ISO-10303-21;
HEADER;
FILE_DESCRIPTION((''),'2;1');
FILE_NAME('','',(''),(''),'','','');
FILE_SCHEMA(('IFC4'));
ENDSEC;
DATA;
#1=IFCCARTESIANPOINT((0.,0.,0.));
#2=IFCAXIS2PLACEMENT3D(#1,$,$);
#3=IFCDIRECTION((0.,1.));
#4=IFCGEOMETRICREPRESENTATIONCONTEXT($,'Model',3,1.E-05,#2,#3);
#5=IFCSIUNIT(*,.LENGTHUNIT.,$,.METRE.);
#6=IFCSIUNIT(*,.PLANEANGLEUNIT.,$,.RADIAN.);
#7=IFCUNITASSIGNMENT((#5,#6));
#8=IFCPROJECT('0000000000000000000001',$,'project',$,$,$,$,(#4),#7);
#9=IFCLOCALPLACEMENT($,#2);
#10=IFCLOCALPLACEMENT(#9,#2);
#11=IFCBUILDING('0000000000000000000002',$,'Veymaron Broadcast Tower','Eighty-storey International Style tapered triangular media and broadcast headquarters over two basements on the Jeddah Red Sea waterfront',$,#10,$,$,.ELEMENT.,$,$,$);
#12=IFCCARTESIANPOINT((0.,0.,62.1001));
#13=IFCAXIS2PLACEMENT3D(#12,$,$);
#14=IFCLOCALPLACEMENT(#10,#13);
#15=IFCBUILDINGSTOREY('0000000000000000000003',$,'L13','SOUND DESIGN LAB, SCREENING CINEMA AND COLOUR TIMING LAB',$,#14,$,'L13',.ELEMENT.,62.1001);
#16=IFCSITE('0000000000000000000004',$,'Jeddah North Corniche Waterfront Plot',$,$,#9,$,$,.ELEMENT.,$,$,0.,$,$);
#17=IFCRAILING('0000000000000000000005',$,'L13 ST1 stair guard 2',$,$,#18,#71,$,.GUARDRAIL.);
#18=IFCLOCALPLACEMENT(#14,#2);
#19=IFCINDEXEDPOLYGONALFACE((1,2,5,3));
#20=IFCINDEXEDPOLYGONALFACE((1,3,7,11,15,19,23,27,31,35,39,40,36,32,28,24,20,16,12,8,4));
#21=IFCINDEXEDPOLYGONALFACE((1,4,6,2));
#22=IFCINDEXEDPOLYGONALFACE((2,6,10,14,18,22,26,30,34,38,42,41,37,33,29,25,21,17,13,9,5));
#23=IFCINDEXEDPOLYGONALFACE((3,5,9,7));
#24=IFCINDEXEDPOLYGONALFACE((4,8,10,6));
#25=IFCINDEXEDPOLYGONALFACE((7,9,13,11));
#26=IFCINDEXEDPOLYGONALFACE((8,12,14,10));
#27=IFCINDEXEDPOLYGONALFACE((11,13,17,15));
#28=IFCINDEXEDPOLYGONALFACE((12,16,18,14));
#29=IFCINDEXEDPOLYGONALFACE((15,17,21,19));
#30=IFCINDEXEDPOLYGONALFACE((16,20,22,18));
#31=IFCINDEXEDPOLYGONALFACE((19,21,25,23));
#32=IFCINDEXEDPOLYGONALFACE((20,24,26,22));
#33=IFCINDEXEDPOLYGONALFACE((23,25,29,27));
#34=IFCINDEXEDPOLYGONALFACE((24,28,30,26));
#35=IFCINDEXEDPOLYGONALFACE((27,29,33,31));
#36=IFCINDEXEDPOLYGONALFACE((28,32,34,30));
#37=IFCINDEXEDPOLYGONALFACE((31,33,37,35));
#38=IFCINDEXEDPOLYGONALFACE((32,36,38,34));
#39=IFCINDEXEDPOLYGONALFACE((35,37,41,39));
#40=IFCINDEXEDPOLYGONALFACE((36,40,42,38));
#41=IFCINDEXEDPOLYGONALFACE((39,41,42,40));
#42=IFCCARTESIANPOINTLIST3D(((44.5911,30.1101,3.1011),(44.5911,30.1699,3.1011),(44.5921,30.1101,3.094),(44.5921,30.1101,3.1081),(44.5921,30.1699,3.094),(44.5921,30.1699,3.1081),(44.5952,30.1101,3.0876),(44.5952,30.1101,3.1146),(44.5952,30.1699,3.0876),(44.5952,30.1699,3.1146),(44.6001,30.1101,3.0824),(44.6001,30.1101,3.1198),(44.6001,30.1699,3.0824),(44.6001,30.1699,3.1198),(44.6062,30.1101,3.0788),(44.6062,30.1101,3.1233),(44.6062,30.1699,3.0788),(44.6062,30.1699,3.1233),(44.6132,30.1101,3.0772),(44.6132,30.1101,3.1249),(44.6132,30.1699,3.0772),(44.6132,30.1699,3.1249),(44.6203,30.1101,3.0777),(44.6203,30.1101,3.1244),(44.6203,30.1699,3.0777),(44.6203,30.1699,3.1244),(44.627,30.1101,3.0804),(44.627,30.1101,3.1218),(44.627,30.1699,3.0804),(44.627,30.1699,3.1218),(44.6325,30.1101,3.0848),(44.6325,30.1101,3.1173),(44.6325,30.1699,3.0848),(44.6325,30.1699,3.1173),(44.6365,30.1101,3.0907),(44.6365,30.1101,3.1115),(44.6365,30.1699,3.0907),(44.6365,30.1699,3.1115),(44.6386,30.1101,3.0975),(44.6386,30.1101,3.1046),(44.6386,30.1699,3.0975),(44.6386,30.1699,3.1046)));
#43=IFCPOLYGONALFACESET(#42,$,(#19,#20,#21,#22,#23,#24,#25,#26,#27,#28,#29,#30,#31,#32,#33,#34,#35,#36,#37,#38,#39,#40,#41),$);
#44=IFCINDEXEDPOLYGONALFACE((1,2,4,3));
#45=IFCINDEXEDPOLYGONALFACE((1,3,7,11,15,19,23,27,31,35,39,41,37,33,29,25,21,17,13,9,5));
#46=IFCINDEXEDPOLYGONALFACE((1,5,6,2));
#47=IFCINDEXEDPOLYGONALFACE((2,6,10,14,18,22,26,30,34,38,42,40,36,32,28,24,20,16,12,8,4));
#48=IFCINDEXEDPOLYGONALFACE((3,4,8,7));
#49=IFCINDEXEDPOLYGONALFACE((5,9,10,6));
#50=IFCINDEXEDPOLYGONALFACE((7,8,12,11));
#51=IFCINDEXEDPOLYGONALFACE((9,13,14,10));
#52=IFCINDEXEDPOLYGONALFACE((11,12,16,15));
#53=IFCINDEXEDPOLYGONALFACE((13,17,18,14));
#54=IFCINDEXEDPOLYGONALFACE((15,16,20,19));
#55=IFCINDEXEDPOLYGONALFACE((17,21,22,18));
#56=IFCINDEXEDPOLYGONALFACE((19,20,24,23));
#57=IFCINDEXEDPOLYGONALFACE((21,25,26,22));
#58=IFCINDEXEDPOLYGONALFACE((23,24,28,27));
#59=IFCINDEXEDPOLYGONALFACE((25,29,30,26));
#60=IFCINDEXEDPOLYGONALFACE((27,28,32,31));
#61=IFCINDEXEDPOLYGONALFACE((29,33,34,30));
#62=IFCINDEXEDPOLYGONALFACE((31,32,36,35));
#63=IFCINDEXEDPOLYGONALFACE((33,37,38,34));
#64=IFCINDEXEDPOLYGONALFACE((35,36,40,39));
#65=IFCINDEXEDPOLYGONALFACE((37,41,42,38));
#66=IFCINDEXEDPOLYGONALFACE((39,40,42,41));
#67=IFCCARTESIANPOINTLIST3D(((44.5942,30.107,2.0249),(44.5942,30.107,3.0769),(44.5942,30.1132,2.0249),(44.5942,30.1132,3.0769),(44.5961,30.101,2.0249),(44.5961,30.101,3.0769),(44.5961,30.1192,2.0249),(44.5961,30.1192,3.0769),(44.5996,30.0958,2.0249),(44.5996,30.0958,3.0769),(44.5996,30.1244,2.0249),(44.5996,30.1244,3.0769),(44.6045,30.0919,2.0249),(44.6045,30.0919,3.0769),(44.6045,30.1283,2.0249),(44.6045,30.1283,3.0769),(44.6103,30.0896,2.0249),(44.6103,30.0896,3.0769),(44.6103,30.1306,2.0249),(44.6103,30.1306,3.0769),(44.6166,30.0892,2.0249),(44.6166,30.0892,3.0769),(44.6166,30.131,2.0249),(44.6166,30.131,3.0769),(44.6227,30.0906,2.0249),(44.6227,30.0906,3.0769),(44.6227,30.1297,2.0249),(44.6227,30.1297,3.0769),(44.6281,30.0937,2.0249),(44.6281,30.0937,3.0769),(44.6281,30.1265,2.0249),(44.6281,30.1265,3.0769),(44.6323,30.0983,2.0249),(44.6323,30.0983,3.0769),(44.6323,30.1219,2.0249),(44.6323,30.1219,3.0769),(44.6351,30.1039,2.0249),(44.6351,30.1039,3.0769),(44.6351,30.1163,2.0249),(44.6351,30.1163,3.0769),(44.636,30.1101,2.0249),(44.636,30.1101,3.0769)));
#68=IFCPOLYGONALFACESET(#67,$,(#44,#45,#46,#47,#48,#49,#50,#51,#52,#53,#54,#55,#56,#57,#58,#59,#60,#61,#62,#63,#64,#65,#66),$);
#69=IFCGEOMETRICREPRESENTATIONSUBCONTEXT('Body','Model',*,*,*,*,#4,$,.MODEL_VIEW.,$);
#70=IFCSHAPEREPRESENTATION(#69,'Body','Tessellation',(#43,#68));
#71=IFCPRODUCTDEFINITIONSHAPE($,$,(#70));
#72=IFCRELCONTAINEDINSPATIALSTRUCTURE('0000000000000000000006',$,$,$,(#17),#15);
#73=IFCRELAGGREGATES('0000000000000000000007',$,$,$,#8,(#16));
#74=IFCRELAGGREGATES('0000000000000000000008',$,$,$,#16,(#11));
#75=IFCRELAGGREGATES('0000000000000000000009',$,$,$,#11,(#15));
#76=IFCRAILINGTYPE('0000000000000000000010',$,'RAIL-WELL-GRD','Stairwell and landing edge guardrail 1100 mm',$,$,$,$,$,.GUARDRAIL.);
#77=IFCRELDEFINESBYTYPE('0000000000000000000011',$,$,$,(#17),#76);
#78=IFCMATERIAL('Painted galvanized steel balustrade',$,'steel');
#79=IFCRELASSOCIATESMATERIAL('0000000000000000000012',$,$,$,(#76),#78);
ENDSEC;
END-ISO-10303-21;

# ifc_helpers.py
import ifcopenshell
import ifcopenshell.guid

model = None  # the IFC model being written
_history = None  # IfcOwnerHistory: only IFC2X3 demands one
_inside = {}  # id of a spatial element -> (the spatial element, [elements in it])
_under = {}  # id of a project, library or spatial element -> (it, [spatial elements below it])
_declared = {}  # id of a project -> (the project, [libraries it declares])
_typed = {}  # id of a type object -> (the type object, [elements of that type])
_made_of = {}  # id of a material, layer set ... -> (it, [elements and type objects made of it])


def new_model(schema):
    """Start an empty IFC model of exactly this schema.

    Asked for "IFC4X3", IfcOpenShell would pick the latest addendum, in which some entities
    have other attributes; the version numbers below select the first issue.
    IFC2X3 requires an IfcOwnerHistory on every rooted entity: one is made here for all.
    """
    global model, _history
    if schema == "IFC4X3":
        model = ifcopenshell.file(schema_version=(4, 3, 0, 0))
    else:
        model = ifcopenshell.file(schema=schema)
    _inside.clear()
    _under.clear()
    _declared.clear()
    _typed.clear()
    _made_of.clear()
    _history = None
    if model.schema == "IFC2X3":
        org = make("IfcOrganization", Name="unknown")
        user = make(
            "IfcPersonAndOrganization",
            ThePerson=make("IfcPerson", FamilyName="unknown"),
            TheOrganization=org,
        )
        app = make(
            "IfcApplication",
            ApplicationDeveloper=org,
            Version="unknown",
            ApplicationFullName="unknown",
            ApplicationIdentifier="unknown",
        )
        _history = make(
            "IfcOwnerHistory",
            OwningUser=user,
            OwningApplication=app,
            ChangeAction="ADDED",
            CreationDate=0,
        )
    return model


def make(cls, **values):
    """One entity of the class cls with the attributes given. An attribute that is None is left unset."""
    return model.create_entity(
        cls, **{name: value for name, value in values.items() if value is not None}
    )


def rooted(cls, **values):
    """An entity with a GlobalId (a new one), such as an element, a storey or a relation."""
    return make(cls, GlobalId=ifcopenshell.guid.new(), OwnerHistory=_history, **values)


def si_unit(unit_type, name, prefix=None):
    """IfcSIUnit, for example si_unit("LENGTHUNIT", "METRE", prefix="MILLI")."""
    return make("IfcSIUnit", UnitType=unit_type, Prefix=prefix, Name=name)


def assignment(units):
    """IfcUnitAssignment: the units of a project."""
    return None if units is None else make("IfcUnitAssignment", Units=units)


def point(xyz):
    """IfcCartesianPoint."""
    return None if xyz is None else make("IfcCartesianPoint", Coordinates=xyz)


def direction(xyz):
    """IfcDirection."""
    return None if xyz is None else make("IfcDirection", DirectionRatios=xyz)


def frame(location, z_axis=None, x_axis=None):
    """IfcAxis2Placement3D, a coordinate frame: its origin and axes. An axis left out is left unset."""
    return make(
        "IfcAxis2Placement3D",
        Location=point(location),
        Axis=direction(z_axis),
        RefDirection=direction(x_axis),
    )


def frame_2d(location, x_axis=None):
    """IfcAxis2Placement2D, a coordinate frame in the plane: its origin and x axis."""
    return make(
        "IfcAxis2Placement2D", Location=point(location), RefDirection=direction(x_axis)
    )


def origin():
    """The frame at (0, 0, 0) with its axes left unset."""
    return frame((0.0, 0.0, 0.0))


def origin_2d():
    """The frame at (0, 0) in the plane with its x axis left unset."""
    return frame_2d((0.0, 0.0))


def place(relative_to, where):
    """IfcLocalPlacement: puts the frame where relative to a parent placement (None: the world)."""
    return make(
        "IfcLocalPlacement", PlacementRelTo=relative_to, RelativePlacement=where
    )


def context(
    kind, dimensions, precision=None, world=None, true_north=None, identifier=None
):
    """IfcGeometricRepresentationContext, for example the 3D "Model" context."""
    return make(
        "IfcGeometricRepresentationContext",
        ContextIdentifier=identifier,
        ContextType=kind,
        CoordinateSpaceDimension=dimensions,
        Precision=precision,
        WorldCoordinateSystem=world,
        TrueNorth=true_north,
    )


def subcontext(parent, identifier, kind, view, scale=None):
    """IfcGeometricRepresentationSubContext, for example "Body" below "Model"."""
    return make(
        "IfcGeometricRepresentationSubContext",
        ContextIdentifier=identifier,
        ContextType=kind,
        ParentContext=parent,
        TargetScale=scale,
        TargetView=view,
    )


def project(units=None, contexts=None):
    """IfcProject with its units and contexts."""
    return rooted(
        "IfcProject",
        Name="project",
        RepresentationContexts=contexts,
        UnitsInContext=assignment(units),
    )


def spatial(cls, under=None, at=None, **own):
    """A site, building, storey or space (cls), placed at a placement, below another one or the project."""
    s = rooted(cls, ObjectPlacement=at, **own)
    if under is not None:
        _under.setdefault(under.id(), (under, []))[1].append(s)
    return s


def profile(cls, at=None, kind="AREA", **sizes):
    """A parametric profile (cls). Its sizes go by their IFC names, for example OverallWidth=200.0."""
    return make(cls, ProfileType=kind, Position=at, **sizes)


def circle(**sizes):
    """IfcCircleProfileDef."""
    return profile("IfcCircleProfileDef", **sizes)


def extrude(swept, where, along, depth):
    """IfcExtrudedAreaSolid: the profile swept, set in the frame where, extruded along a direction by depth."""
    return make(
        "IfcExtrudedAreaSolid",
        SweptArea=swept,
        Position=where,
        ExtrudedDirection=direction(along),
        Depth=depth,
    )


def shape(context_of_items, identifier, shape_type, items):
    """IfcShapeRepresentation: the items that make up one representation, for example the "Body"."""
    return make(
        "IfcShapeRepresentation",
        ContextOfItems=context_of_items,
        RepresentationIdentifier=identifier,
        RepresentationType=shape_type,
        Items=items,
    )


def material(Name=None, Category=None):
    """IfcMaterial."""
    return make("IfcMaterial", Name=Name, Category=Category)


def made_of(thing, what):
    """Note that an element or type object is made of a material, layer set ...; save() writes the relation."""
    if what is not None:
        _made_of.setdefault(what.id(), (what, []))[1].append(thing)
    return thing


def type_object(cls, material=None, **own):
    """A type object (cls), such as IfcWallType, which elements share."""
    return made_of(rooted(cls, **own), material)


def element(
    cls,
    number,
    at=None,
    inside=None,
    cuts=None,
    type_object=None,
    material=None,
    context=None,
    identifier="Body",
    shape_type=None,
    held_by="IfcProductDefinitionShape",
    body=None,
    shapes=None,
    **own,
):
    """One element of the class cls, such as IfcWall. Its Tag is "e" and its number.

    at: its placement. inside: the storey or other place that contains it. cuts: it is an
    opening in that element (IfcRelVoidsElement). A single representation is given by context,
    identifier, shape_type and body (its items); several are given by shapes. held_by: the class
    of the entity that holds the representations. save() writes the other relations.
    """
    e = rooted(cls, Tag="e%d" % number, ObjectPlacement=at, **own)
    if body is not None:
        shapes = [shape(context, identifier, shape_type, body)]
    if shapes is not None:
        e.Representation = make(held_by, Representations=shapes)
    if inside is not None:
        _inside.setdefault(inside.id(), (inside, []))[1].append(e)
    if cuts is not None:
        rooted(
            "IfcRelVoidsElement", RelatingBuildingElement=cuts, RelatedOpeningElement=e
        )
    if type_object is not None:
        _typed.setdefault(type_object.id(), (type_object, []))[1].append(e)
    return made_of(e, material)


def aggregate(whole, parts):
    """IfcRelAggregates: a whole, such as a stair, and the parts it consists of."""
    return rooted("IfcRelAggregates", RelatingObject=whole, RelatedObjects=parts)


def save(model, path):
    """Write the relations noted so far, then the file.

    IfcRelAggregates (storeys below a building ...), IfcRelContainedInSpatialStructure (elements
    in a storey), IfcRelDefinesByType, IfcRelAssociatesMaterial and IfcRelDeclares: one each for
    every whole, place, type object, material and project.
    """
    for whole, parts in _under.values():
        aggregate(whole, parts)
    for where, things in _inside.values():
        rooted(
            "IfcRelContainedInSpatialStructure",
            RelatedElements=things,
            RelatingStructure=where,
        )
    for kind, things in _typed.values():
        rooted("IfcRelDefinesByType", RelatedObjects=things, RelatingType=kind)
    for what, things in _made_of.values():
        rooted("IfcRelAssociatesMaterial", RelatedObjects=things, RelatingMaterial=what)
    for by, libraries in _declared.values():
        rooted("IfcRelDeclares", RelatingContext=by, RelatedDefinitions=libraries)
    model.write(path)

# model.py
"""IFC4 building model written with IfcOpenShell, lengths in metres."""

from ifc_helpers import new_model, si_unit, direction, frame, origin, origin_2d, place, context, subcontext, project, spatial, circle, extrude, material, type_object, element, save


model = new_model("IFC4")

# Units and contexts
model_context = context("Model", 3, precision=1e-05, world=origin(), true_north=direction((0.0, 1.0)))
body_context = subcontext(model_context, "Body", "Model", "MODEL_VIEW")
ifc_project = project(units=[si_unit("LENGTHUNIT", "METRE"), si_unit("PLANEANGLEUNIT", "RADIAN")], contexts=[model_context])

# Site, building, storey
site_placement = place(None, origin())
site = spatial("IfcSite", under=ifc_project, at=site_placement, Name="Jeddah North Corniche Waterfront Plot", CompositionType="ELEMENT", RefElevation=0.0)
building_placement = place(site_placement, origin())
building = spatial("IfcBuilding", under=site, at=building_placement, Name="Veymaron Broadcast Tower", Description="Eighty-storey International Style tapered triangular media and broadcast headquarters over two basements on the Jeddah Red Sea waterfront", CompositionType="ELEMENT")
storey_placement = place(building_placement, frame((0.0, 0.0, 62.1001)))
storey = spatial("IfcBuildingStorey", under=building, at=storey_placement, Name="L13", Description="SOUND DESIGN LAB, SCREENING CINEMA AND COLOUR TIMING LAB", LongName="L13", CompositionType="ELEMENT", Elevation=62.1001)

# Railing
ifc_material_1 = material(Name="Painted galvanized steel balustrade", Category="steel")
railing_type_1 = type_object("IfcRailingType", Name="RAIL-WELL-GRD", Description="Stairwell and landing edge guardrail 1100 mm", PredefinedType="GUARDRAIL", material=ifc_material_1)
railing_1_placement = place(storey_placement, frame((44.615, 30.1101, 2.0249)))
element("IfcRailing", 1, at=railing_1_placement, inside=storey, type_object=railing_type_1, Name="L13 ST1 stair guard 2", PredefinedType="GUARDRAIL", context=body_context, shape_type="SweptSolid", body=[
    extrude(circle(Radius=0.0239, at=origin_2d()), frame((0.0, 0.0, 1.0762), z_axis=(0.0, 1.0, 0.0), x_axis=(-1.0, 0.0, 0.0)), (0.0, 0.0, 1.0), 0.0598),
    extrude(circle(Radius=0.021, at=origin_2d()), origin(), (0.0, 0.0, 1.0), 1.052),
])

save(model, "model.ifc")
